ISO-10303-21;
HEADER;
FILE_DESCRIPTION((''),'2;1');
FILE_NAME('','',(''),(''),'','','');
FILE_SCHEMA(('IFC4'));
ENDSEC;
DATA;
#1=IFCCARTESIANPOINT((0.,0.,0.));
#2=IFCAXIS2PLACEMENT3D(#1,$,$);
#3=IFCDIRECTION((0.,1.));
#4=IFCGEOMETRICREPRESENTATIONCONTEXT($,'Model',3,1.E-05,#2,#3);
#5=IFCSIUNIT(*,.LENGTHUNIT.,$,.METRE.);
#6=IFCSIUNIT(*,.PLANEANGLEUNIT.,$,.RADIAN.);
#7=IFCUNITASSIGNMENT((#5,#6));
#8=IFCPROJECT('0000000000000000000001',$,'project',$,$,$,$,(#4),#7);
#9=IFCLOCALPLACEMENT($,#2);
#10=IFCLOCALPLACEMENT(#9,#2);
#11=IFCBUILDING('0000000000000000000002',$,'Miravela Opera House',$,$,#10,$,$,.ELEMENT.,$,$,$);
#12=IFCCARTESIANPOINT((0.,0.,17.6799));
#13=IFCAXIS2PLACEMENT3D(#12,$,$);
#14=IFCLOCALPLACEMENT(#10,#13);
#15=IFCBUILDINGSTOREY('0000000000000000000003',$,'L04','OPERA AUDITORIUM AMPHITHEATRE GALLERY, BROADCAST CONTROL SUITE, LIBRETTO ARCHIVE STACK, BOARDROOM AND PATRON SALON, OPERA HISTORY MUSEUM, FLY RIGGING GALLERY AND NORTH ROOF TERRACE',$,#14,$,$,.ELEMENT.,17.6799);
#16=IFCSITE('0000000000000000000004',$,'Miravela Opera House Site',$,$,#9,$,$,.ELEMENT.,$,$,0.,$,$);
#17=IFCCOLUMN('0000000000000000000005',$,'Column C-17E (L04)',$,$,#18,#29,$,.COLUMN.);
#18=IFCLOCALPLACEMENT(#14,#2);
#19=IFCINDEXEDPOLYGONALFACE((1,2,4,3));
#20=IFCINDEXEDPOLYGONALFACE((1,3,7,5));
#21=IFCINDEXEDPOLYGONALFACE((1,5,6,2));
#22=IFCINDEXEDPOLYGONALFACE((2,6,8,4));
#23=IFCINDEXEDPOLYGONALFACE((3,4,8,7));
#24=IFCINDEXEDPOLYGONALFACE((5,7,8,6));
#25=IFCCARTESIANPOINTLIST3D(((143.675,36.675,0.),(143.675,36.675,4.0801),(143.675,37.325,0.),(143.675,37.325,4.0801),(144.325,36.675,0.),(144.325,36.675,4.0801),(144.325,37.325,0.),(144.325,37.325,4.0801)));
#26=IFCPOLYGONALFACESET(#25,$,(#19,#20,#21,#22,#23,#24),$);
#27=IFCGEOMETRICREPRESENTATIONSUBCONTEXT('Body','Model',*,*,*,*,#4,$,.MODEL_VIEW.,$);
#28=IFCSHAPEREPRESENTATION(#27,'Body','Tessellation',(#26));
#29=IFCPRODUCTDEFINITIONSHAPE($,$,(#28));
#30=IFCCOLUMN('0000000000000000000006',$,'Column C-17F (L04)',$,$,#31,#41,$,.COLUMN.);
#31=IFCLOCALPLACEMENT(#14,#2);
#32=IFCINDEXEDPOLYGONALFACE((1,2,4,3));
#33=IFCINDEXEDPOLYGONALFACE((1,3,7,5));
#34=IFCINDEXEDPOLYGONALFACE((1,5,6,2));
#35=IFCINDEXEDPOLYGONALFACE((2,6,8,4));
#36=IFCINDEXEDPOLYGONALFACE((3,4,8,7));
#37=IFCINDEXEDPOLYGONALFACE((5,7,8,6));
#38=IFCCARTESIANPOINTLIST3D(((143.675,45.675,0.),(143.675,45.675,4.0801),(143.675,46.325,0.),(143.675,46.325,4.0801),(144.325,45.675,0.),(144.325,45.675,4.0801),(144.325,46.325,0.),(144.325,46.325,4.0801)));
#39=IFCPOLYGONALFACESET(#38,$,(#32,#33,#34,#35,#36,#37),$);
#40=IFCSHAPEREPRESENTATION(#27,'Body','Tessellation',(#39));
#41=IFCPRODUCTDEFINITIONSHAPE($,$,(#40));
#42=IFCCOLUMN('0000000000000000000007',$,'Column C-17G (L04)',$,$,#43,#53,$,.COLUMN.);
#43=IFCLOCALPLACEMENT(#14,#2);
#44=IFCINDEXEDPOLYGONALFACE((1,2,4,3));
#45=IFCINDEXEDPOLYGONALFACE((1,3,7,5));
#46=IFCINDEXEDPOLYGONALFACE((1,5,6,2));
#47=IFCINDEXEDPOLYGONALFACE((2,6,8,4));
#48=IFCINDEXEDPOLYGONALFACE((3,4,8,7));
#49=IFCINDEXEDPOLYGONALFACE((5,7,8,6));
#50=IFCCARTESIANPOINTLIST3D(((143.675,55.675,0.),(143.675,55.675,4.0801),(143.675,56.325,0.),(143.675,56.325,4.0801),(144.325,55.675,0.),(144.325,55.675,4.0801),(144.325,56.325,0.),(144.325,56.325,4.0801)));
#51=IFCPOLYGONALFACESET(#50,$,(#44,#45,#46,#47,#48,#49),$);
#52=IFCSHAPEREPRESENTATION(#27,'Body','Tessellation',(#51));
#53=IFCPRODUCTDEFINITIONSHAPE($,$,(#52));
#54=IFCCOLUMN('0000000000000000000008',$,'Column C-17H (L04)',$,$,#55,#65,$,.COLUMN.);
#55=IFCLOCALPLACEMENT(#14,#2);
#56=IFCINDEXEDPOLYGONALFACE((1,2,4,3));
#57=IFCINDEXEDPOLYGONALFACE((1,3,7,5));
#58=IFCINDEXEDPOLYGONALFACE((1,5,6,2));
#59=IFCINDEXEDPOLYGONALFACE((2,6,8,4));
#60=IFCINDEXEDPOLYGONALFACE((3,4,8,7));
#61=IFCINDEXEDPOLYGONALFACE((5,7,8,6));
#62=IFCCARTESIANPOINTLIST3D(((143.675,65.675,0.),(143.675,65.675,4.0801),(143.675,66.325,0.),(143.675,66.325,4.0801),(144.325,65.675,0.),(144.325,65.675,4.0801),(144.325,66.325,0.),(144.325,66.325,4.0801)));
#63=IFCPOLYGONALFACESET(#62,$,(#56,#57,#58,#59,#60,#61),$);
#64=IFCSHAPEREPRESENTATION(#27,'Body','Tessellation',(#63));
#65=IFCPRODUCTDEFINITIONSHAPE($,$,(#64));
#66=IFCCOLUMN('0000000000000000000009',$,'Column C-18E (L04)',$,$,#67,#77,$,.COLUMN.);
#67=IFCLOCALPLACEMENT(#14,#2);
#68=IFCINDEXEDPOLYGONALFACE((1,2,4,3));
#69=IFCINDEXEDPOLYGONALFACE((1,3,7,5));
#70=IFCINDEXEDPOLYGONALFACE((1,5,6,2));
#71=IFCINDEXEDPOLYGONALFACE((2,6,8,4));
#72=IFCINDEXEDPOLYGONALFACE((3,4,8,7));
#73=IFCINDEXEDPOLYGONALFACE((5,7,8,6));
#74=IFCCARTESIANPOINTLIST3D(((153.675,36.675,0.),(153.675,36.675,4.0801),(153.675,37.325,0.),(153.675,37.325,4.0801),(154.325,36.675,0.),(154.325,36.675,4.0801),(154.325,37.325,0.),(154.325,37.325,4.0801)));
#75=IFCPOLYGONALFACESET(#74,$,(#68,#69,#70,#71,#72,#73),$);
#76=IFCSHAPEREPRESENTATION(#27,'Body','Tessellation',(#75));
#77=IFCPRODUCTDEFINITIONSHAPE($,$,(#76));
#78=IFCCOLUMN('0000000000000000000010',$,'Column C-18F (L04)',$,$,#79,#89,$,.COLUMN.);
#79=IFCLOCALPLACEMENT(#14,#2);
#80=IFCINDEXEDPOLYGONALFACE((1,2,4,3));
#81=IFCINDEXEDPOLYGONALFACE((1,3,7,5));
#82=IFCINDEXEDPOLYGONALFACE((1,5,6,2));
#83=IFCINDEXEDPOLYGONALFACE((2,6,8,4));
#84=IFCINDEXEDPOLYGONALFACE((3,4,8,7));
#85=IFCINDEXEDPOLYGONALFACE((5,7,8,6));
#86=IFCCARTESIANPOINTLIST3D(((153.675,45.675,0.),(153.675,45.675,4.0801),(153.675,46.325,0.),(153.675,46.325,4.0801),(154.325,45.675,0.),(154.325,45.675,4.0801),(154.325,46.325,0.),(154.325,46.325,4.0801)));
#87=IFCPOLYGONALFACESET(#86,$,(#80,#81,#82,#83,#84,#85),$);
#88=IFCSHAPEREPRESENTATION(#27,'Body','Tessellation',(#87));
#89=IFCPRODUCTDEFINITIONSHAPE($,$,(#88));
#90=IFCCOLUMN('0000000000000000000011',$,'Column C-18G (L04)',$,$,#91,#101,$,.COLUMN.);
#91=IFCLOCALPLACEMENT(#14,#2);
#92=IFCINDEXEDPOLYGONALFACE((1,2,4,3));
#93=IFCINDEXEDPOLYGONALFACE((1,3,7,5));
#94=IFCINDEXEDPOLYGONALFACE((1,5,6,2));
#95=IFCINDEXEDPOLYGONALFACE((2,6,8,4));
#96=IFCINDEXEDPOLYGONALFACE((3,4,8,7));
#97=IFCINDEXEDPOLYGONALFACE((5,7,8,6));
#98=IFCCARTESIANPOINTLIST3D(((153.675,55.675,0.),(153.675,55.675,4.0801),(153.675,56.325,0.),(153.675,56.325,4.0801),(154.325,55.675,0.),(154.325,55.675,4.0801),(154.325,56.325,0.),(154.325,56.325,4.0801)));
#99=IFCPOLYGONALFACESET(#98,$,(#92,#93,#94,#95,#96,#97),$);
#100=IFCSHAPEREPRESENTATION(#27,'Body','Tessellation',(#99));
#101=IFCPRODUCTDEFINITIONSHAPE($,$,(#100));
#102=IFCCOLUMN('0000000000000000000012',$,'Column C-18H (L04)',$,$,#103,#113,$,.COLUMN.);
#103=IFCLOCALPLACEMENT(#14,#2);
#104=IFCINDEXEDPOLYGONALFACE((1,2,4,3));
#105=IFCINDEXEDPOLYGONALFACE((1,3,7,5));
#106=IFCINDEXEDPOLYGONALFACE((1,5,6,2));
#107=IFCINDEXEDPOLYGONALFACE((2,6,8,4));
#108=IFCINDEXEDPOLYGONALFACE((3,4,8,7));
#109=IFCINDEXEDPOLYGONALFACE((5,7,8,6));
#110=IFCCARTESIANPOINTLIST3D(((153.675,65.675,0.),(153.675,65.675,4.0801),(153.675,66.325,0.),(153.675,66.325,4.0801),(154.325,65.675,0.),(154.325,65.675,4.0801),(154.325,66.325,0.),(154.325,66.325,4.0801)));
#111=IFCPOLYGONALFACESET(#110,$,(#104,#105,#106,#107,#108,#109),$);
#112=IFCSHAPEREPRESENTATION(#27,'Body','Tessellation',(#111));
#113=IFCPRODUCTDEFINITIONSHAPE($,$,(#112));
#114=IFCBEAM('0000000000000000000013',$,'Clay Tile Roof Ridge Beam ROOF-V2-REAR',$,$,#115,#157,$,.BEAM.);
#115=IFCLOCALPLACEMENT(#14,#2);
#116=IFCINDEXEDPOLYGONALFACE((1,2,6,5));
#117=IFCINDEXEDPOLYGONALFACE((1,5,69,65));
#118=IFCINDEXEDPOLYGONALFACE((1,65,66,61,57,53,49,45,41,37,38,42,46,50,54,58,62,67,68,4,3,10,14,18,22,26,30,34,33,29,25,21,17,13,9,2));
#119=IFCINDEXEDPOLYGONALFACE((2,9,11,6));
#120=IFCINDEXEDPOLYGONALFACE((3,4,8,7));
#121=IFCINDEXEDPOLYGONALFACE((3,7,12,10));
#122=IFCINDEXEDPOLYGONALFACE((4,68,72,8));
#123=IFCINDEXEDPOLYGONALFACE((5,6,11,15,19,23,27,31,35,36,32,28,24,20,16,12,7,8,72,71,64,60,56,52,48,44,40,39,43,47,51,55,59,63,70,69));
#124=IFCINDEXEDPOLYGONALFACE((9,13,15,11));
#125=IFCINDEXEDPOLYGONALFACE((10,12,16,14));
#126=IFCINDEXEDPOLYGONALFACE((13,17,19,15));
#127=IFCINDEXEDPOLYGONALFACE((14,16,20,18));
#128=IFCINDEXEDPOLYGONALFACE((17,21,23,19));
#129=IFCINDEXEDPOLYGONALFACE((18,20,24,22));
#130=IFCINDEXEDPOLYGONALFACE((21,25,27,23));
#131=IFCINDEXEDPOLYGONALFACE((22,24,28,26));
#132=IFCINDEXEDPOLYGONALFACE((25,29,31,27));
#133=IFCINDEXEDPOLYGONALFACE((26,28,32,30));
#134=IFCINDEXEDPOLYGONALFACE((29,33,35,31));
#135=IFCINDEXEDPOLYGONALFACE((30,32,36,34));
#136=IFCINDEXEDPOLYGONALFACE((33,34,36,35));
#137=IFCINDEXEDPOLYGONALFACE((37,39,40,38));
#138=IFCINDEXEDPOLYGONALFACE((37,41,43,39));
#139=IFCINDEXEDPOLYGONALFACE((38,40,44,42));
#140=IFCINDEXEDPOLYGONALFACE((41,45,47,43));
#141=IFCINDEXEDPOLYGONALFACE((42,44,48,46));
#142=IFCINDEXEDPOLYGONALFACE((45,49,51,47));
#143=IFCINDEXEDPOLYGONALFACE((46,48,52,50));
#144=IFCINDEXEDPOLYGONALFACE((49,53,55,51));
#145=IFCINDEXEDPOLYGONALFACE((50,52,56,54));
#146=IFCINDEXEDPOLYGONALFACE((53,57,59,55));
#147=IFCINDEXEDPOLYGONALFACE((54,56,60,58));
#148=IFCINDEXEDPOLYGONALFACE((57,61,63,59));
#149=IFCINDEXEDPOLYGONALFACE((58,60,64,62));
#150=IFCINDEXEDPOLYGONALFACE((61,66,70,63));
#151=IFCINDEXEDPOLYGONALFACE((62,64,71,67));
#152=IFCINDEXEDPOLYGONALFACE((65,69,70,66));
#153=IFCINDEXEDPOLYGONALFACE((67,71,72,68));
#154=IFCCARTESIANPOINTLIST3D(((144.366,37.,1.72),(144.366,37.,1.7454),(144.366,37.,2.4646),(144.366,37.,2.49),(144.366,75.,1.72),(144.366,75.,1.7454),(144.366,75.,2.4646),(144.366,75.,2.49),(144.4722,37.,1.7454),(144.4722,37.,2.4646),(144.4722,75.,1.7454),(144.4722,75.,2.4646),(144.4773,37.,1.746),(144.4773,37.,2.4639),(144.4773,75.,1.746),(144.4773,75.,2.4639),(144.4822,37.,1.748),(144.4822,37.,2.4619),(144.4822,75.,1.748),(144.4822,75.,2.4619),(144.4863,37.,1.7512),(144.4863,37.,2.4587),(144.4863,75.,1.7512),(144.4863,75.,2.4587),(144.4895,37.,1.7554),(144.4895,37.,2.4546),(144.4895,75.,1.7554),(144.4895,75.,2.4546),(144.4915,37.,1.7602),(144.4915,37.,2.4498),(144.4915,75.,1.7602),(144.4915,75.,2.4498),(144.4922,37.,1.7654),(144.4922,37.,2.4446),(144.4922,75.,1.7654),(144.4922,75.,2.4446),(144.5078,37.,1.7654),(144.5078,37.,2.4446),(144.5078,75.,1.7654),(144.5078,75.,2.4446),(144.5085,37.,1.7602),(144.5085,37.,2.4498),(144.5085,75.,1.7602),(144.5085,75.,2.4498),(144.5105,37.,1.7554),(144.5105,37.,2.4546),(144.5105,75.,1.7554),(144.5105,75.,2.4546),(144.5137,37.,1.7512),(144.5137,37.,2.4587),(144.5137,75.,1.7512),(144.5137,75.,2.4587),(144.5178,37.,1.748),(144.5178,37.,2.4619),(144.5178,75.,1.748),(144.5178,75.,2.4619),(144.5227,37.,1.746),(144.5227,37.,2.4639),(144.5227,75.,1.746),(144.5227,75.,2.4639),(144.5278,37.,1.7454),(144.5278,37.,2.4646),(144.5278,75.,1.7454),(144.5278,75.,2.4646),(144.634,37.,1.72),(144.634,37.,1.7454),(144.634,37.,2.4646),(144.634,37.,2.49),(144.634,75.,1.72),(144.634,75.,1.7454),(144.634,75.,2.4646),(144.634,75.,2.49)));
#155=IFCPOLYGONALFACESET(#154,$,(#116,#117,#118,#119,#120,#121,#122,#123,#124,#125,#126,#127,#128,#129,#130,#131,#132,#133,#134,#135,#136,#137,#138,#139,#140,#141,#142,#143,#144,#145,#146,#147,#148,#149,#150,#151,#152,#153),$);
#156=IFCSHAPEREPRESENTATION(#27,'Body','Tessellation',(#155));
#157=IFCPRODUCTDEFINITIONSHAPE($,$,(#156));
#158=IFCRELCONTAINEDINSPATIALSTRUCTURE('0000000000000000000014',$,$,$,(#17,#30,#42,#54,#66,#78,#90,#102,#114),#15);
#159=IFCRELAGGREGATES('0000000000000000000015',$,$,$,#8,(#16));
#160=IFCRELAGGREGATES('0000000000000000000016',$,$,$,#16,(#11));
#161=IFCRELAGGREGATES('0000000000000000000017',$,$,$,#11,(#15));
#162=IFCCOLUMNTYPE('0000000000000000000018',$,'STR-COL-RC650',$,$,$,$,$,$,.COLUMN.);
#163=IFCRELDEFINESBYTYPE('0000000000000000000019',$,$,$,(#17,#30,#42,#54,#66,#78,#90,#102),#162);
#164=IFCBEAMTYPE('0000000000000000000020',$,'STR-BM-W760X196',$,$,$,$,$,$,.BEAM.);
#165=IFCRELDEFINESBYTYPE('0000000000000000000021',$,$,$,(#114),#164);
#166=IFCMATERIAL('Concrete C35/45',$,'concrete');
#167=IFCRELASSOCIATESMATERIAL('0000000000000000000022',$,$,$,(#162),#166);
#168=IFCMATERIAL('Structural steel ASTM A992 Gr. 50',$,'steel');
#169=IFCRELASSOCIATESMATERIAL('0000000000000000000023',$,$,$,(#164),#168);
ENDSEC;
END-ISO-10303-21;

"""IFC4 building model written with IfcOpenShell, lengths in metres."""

from ifc_helpers import new_model, si_unit, direction, frame, origin, origin_2d, place, context, subcontext, project, spatial, rectangle, i_section, extrude, material, material_profile, profile_set, type_object, element, save


model = new_model("IFC4")

# Units and contexts
model_context = context("Model", 3, precision=1e-05, world=origin(), true_north=direction((0.0, 1.0)))
body_context = subcontext(model_context, "Body", "Model", "MODEL_VIEW")
ifc_project = project(units=[si_unit("LENGTHUNIT", "METRE"), si_unit("PLANEANGLEUNIT", "RADIAN")], contexts=[model_context])

# Site, building, storey
site_placement = place(None, origin())
site = spatial("IfcSite", under=ifc_project, at=site_placement, Name="Miravela Opera House Site", CompositionType="ELEMENT", RefElevation=0.0)
building_placement = place(site_placement, origin())
building = spatial("IfcBuilding", under=site, at=building_placement, Name="Miravela Opera House", CompositionType="ELEMENT")
storey_placement = place(building_placement, frame((0.0, 0.0, 17.6799)))
storey = spatial("IfcBuildingStorey", under=building, at=storey_placement, Name="L04", Description="OPERA AUDITORIUM AMPHITHEATRE GALLERY, BROADCAST CONTROL SUITE, LIBRETTO ARCHIVE STACK, BOARDROOM AND PATRON SALON, OPERA HISTORY MUSEUM, FLY RIGGING GALLERY AND NORTH ROOF TERRACE", CompositionType="ELEMENT", Elevation=17.6799)

# Columns
ifc_material_1 = material(Name="Concrete C35/45", Category="concrete")
ifc_material_profile_1 = material_profile(ifc_material_1, rectangle(XDim=0.6499, YDim=0.6499, at=origin_2d()), Name="RC-COL-650X650")
ifc_profile_set_1 = profile_set([ifc_material_profile_1])
column_type = type_object("IfcColumnType", Name="STR-COL-RC650", PredefinedType="COLUMN", material=ifc_profile_set_1)
for number, where, z_axis, x_axis, name in (
    (1, (144.0, 37.0, 0.0), (0.0, 0.0, 1.0), (1.0, 0.0, 0.0), "Column C-17E (L04)"),
    (2, (144.0, 46.0, 0.0), (0.0, 0.0, 1.0), (1.0, 0.0, 0.0), "Column C-17F (L04)"),
    (3, (144.0, 56.0, 0.0), (0.0, 0.0, 1.0), (1.0, 0.0, 0.0), "Column C-17G (L04)"),
    (4, (144.0, 66.0, 0.0), (0.0, 0.0, 1.0), (1.0, 0.0, 0.0), "Column C-17H (L04)"),
    (5, (154.0, 37.0, 0.0), (0.0, 0.0, 1.0), (1.0, 0.0, 0.0), "Column C-18E (L04)"),
    (6, (154.0, 46.0, 0.0), (0.0, 0.0, 1.0), (1.0, 0.0, 0.0), "Column C-18F (L04)"),
    (7, (154.0, 56.0, 0.0), (0.0, 0.0, 1.0), (1.0, 0.0, 0.0), "Column C-18G (L04)"),
    (8, (154.0, 66.0, 0.0), (0.0, 0.0, 1.0), (1.0, 0.0, 0.0), "Column C-18H (L04)"),
):
    element("IfcColumn", number, at=place(storey_placement, frame(where, z_axis=z_axis, x_axis=x_axis)), inside=storey, type_object=column_type, Name=name, PredefinedType="COLUMN", context=body_context, shape_type="SweptSolid", body=[
        extrude(rectangle(XDim=0.6499, YDim=0.6499, at=origin_2d()), origin(), (0.0, 0.0, 1.0), 4.0801),
    ])

# Beam
ifc_material_2 = material(Name="Structural steel ASTM A992 Gr. 50", Category="steel")
ifc_material_profile_2 = material_profile(ifc_material_2, i_section(OverallWidth=0.2681, OverallDepth=0.77, WebThickness=0.0156, FlangeThickness=0.0254, FilletRadius=0.02, at=origin_2d()), Name="W760X196")
ifc_profile_set_2 = profile_set([ifc_material_profile_2])
beam_type = type_object("IfcBeamType", Name="STR-BM-W760X196", PredefinedType="BEAM", material=ifc_profile_set_2)
beam_placement = place(storey_placement, frame((144.5, 37.0, 2.105), z_axis=(0.0, 1.0, 0.0), x_axis=(-1.0, 0.0, 0.0)))
element("IfcBeam", 9, at=beam_placement, inside=storey, type_object=beam_type, Name="Clay Tile Roof Ridge Beam ROOF-V2-REAR", PredefinedType="BEAM", context=body_context, shape_type="SweptSolid", body=[
    extrude(i_section(OverallWidth=0.2681, OverallDepth=0.77, WebThickness=0.0156, FlangeThickness=0.0254, FilletRadius=0.02, at=origin_2d()), origin(), (0.0, 0.0, 1.0), 38.0),
])

save(model, "model.ifc")
